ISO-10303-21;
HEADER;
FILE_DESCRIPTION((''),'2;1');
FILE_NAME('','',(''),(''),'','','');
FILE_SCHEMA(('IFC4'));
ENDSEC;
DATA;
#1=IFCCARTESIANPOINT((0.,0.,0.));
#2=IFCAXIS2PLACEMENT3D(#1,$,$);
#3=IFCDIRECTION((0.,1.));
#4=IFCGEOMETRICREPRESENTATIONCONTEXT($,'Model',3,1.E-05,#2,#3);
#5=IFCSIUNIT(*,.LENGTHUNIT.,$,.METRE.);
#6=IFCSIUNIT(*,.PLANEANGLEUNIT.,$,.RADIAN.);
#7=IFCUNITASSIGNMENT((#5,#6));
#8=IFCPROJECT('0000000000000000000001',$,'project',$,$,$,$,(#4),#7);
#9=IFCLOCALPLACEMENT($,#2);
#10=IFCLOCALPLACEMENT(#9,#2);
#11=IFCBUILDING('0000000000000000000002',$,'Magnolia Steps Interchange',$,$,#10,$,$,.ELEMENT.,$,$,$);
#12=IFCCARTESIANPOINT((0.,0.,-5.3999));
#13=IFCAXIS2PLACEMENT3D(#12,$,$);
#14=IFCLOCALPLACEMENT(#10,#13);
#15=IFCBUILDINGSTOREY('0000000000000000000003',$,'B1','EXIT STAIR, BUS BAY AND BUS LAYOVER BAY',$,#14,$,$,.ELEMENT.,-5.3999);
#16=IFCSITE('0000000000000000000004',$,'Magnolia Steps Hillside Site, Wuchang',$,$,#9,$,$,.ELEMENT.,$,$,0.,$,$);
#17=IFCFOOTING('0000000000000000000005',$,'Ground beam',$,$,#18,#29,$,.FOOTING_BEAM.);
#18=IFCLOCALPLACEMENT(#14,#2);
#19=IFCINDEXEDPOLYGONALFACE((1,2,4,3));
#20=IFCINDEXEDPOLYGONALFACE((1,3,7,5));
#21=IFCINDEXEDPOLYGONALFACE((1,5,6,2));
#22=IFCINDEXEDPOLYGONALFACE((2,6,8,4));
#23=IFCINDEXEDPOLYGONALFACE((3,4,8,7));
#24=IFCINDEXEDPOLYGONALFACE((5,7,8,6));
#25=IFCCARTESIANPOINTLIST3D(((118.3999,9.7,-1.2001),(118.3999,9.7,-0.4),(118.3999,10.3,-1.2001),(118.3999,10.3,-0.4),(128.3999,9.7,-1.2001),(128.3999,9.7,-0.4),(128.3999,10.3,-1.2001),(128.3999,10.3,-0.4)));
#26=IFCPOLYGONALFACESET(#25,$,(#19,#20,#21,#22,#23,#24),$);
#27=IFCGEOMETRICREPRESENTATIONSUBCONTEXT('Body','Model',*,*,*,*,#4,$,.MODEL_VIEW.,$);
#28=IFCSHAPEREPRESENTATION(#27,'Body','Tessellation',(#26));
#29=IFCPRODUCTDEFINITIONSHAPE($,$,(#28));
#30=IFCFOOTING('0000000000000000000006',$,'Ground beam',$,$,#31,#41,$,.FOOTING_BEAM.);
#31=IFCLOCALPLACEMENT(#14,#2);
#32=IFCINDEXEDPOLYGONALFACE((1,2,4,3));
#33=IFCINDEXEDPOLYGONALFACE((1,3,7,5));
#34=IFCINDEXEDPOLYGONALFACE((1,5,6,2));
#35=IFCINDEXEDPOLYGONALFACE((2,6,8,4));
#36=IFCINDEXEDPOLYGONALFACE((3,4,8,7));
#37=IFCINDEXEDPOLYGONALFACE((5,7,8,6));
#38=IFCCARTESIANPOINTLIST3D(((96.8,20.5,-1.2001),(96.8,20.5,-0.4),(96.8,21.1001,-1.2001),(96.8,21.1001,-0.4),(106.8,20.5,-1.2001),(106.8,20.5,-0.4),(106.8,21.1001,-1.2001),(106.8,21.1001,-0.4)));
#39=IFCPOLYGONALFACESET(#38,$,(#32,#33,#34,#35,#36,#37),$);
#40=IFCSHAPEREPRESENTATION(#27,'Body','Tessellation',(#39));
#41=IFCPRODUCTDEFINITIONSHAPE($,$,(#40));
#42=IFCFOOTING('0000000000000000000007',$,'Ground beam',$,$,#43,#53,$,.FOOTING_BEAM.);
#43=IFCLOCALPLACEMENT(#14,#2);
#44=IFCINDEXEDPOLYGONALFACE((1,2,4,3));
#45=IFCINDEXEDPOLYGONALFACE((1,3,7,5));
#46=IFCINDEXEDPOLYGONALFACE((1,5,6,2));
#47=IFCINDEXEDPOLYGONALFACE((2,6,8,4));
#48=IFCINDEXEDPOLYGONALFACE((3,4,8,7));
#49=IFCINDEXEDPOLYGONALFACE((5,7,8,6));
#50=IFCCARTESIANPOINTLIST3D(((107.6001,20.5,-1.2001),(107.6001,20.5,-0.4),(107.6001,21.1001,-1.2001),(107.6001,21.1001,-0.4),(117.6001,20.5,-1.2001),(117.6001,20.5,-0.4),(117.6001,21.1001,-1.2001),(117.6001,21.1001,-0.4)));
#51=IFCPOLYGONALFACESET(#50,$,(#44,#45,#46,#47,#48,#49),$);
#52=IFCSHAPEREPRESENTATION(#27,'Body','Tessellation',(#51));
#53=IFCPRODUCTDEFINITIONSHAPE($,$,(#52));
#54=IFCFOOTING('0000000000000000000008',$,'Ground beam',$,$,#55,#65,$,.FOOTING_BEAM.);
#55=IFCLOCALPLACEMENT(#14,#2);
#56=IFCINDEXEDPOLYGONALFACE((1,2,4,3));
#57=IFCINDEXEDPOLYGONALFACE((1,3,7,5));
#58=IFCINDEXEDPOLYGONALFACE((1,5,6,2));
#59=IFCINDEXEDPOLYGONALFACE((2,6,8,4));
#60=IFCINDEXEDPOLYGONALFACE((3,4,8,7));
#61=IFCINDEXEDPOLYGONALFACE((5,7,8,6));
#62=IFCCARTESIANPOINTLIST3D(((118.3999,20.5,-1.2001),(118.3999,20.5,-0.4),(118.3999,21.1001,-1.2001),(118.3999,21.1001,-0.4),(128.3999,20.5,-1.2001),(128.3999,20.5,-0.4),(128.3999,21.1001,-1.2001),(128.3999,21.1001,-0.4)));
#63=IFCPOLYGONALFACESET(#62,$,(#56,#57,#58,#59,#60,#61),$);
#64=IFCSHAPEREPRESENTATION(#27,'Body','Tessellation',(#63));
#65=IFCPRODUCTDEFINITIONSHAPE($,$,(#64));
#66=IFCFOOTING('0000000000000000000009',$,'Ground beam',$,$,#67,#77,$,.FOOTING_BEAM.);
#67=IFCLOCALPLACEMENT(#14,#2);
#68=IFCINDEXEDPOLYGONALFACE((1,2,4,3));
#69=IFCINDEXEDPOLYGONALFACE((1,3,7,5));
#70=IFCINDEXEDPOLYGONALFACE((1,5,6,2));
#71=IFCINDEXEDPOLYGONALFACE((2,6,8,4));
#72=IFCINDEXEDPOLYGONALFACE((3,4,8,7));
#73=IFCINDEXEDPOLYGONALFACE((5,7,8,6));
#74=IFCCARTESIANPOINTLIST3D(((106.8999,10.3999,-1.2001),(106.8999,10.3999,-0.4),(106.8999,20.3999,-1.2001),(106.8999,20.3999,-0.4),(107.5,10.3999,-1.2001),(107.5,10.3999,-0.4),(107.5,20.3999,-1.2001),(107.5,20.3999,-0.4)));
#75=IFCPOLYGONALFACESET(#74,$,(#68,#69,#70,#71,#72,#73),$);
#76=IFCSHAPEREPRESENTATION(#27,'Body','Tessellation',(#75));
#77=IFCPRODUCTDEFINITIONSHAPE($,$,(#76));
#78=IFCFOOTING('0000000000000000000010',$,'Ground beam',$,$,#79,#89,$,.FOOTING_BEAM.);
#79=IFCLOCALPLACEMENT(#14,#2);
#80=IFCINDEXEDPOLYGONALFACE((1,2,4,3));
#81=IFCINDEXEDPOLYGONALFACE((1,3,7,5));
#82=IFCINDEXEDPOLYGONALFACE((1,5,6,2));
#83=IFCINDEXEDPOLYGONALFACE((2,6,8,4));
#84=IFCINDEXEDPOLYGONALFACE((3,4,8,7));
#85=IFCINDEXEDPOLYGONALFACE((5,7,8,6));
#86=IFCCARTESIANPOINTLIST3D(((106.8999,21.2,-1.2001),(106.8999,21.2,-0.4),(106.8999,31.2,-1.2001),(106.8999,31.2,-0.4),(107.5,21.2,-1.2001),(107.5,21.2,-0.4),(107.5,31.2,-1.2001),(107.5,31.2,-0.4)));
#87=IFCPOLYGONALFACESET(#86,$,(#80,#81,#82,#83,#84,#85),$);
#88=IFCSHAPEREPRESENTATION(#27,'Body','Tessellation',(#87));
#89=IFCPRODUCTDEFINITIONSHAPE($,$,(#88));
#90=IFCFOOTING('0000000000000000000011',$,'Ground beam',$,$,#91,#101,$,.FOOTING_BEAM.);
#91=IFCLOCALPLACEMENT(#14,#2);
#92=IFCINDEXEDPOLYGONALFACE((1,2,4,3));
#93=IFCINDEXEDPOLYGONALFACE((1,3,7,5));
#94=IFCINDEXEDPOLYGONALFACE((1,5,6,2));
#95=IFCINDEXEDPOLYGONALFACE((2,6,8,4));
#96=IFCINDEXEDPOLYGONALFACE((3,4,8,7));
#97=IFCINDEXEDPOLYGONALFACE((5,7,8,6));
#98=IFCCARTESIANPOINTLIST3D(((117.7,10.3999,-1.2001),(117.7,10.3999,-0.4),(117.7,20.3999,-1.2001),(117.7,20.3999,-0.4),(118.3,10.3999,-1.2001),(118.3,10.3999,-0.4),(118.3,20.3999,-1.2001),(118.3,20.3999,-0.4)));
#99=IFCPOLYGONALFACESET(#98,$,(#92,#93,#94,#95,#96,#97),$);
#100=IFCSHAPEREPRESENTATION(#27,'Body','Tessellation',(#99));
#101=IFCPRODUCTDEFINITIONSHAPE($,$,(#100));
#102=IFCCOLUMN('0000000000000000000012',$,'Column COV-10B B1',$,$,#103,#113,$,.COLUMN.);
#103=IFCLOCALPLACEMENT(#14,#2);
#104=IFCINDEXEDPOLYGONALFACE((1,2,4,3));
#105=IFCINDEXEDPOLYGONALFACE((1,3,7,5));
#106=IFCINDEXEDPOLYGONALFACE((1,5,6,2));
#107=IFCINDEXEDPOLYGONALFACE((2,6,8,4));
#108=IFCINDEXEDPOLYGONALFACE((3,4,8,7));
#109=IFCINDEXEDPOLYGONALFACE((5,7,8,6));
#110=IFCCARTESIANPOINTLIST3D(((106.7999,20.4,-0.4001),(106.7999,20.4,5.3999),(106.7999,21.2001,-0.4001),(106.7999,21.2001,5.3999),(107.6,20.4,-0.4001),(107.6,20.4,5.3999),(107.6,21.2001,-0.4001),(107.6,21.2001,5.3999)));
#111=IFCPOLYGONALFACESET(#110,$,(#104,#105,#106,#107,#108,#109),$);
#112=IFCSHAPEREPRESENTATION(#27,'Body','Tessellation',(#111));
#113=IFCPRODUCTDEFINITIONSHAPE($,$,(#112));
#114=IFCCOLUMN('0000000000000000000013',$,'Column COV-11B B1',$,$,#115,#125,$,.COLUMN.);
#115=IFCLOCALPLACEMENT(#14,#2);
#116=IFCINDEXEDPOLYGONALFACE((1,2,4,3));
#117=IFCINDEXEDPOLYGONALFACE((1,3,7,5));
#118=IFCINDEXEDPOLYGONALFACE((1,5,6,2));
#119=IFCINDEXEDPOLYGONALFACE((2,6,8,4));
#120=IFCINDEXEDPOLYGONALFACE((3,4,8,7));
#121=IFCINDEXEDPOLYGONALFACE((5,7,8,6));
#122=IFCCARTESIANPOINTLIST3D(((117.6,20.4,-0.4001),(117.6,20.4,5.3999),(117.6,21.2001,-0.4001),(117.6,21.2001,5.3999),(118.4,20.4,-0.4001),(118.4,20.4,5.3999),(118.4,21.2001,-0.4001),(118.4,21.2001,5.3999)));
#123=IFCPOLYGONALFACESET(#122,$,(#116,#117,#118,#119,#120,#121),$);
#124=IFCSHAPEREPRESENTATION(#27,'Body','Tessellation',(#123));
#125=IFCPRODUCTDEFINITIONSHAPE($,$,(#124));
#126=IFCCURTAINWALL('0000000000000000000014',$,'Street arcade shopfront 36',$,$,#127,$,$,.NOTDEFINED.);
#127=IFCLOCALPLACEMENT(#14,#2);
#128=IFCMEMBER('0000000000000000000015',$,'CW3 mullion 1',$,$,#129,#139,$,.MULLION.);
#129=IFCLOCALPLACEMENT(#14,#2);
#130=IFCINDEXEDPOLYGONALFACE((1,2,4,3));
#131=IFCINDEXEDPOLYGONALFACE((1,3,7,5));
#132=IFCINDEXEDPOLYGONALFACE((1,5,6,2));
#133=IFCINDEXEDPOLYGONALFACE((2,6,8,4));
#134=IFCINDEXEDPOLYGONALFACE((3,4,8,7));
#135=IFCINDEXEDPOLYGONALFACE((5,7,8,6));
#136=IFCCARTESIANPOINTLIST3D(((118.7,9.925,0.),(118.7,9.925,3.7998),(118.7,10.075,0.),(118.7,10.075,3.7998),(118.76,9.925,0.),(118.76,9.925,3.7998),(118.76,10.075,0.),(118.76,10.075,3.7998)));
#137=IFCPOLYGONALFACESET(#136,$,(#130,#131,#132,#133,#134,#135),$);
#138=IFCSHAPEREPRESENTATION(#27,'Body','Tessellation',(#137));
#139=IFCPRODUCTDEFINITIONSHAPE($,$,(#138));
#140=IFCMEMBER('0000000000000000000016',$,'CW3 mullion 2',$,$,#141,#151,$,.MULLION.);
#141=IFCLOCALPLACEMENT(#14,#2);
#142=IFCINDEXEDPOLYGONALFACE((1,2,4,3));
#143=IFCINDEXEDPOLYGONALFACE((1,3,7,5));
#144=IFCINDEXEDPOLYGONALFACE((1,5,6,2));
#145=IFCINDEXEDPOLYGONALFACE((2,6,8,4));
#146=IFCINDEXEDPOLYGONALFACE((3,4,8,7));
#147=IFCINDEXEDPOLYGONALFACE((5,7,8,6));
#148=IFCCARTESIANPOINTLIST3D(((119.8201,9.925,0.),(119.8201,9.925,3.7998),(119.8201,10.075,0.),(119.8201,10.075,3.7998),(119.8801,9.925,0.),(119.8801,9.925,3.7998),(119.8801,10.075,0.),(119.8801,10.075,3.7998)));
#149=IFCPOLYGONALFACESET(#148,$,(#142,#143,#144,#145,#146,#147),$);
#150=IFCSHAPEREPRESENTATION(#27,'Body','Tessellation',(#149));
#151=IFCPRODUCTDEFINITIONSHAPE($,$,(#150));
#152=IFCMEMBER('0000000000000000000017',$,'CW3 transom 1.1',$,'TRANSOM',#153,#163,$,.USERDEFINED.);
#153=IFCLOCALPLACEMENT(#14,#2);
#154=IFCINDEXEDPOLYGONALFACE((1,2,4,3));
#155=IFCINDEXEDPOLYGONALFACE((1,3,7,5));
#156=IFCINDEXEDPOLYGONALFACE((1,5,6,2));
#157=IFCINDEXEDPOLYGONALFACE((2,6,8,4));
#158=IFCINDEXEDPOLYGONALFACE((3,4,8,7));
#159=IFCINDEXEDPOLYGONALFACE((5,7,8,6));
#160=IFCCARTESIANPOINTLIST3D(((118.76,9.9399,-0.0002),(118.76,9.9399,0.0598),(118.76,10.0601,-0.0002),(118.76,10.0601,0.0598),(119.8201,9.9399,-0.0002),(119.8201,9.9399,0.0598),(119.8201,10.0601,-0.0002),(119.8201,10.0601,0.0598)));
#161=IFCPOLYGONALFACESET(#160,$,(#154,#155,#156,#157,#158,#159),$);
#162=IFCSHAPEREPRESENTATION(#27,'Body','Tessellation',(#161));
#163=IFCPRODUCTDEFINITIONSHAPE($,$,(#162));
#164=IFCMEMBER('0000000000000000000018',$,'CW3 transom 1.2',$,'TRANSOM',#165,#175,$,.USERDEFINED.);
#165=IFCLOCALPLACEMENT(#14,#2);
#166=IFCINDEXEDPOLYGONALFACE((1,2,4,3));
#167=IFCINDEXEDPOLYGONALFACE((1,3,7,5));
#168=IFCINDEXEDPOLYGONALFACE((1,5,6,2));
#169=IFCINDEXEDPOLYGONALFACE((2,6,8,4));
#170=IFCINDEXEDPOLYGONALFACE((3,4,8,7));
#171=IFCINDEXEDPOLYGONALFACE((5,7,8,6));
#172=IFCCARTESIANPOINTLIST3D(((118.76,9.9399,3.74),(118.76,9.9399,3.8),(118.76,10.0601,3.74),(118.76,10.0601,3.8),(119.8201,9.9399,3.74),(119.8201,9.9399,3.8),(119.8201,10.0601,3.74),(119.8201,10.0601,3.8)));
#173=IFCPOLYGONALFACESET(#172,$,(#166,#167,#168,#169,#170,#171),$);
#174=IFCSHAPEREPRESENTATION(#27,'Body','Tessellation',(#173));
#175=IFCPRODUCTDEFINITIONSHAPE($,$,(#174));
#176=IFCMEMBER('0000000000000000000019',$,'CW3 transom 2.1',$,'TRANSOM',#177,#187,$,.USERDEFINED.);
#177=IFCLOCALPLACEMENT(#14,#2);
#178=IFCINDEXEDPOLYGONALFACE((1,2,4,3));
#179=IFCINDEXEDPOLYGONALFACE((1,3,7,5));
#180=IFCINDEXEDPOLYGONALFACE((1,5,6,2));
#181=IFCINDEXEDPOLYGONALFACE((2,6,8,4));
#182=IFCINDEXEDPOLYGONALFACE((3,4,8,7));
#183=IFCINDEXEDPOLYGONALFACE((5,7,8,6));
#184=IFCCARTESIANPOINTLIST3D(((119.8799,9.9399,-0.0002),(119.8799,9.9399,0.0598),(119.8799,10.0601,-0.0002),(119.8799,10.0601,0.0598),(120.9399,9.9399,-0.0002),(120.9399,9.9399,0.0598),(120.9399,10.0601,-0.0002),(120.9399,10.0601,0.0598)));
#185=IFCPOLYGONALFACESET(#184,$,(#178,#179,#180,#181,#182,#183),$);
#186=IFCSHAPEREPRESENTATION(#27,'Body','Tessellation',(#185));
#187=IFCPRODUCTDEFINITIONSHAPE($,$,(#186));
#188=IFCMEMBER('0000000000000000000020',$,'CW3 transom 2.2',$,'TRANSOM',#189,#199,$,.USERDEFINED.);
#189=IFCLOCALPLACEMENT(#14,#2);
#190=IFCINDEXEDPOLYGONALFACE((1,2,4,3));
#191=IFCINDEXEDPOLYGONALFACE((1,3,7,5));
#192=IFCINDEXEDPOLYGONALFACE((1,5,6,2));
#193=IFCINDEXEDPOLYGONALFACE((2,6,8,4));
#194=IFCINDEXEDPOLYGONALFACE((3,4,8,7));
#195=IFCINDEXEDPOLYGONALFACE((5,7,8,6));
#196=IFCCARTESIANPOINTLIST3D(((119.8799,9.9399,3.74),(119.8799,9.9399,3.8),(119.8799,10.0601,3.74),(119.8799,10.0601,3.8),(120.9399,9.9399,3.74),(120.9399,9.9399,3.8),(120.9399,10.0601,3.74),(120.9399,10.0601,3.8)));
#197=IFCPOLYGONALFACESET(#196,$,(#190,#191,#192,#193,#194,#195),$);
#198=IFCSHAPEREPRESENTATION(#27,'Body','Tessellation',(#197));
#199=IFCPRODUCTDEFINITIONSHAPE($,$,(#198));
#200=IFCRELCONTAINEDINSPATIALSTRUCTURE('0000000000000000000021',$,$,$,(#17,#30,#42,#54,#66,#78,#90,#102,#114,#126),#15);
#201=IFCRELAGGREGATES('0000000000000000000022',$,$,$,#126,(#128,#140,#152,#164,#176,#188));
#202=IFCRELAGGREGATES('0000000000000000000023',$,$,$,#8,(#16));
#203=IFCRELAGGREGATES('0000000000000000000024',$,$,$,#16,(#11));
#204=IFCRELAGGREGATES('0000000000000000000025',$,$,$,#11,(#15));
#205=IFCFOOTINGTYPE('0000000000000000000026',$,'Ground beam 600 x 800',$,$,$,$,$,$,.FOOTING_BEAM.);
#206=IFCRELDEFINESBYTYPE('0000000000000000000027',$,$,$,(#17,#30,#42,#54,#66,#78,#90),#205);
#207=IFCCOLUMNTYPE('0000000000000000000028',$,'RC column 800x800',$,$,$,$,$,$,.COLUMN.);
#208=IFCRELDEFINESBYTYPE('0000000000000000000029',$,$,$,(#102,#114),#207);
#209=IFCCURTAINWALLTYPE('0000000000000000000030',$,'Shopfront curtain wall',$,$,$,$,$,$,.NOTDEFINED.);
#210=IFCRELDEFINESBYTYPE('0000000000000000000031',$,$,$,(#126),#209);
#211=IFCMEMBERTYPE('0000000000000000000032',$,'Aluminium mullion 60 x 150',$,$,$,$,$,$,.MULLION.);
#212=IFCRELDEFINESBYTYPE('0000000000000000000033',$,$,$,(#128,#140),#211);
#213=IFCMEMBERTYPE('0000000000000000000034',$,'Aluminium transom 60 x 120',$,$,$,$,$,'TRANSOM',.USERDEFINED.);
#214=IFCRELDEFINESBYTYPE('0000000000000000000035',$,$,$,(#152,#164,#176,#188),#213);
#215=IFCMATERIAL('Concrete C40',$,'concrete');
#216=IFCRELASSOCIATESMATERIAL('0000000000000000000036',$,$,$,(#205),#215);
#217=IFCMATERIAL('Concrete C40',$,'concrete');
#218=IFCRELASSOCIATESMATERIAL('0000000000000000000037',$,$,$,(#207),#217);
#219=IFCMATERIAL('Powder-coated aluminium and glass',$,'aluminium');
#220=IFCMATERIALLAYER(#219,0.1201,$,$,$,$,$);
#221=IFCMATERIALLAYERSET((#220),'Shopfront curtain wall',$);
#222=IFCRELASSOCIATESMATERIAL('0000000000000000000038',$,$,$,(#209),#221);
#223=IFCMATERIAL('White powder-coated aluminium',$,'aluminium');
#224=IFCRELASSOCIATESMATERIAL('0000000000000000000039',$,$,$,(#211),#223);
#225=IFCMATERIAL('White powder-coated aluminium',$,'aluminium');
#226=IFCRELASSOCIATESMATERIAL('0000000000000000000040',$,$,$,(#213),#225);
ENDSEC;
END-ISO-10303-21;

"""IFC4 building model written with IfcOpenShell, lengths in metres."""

from ifc_helpers import new_model, si_unit, direction, frame, origin, origin_2d, place, context, subcontext, project, spatial, rectangle, extrude, material, layer, layer_set, material_profile, profile_set, type_object, element, aggregate, save


model = new_model("IFC4")

# Units and contexts
model_context = context("Model", 3, precision=1e-05, world=origin(), true_north=direction((0.0, 1.0)))
body_context = subcontext(model_context, "Body", "Model", "MODEL_VIEW")
ifc_project = project(units=[si_unit("LENGTHUNIT", "METRE"), si_unit("PLANEANGLEUNIT", "RADIAN")], contexts=[model_context])

# Site, building, storey
site_placement = place(None, origin())
site = spatial("IfcSite", under=ifc_project, at=site_placement, Name="Magnolia Steps Hillside Site, Wuchang", CompositionType="ELEMENT", RefElevation=0.0)
building_placement = place(site_placement, origin())
building = spatial("IfcBuilding", under=site, at=building_placement, Name="Magnolia Steps Interchange", CompositionType="ELEMENT")
storey_placement = place(building_placement, frame((0.0, 0.0, -5.3999)))
storey = spatial("IfcBuildingStorey", under=building, at=storey_placement, Name="B1", Description="EXIT STAIR, BUS BAY AND BUS LAYOVER BAY", CompositionType="ELEMENT", Elevation=-5.3999)

# Footings
ifc_material_1 = material(Name="Concrete C40", Category="concrete")
ifc_material_profile_1 = material_profile(ifc_material_1, rectangle(XDim=0.6001, YDim=0.8, at=origin_2d()), Name="RC600x800")
ifc_profile_set_1 = profile_set([ifc_material_profile_1], Name="Concrete C40")
footing_type = type_object("IfcFootingType", Name="Ground beam 600 x 800", PredefinedType="FOOTING_BEAM", material=ifc_profile_set_1)
for number, where, z_axis, x_axis, name in (
    (1, (118.3999, 10.0, -0.8), (1.0, 0.0, 0.0), (0.0, 1.0, 0.0), "Ground beam"),
    (2, (96.8, 20.8, -0.8), (1.0, 0.0, 0.0), (0.0, 1.0, 0.0), "Ground beam"),
    (3, (107.6001, 20.8, -0.8), (1.0, 0.0, 0.0), (0.0, 1.0, 0.0), "Ground beam"),
    (4, (118.3999, 20.8, -0.8), (1.0, 0.0, 0.0), (0.0, 1.0, 0.0), "Ground beam"),
    (5, (107.2, 10.3999, -0.8), (0.0, 1.0, 0.0), (-1.0, 0.0, 0.0), "Ground beam"),
    (6, (107.2, 21.2, -0.8), (0.0, 1.0, 0.0), (-1.0, 0.0, 0.0), "Ground beam"),
    (7, (118.0, 10.3999, -0.8), (0.0, 1.0, 0.0), (-1.0, 0.0, 0.0), "Ground beam"),
):
    element("IfcFooting", number, at=place(storey_placement, frame(where, z_axis=z_axis, x_axis=x_axis)), inside=storey, type_object=footing_type, Name=name, PredefinedType="FOOTING_BEAM", context=body_context, shape_type="SweptSolid", body=[
        extrude(rectangle(XDim=0.6001, YDim=0.8, at=origin_2d()), origin(), (0.0, 0.0, 1.0), 10.0),
    ])

# Columns
ifc_material_2 = material(Name="Concrete C40", Category="concrete")
ifc_material_profile_2 = material_profile(ifc_material_2, rectangle(XDim=0.8, YDim=0.8, at=origin_2d()), Name="RC800x800")
ifc_profile_set_2 = profile_set([ifc_material_profile_2], Name="Concrete C40")
column_type = type_object("IfcColumnType", Name="RC column 800x800", PredefinedType="COLUMN", material=ifc_profile_set_2)
for number, where, z_axis, x_axis, name in (
    (8, (107.2, 20.8, -0.4001), (0.0, 0.0, 1.0), (1.0, 0.0, 0.0), "Column COV-10B B1"),
    (9, (118.0, 20.8, -0.4001), (0.0, 0.0, 1.0), (1.0, 0.0, 0.0), "Column COV-11B B1"),
):
    element("IfcColumn", number, at=place(storey_placement, frame(where, z_axis=z_axis, x_axis=x_axis)), inside=storey, type_object=column_type, Name=name, PredefinedType="COLUMN", context=body_context, shape_type="SweptSolid", body=[
        extrude(rectangle(XDim=0.8, YDim=0.8, at=origin_2d()), origin(), (0.0, 0.0, 1.0), 5.8),
    ])

# Curtain wall, members
ifc_material_3 = material(Name="Powder-coated aluminium and glass", Category="aluminium")
ifc_layer_1 = layer(ifc_material_3, 0.1201)
ifc_layer_set_1 = layer_set([ifc_layer_1], Name="Shopfront curtain wall")
curtain_wall_type = type_object("IfcCurtainWallType", Name="Shopfront curtain wall", PredefinedType="NOTDEFINED", material=ifc_layer_set_1)
curtain_wall_placement = place(storey_placement, origin())
curtain_wall = element("IfcCurtainWall", 10, at=curtain_wall_placement, inside=storey, type_object=curtain_wall_type, Name="Street arcade shopfront 36", PredefinedType="NOTDEFINED")
ifc_material_4 = material(Name="White powder-coated aluminium", Category="aluminium")
ifc_material_profile_3 = material_profile(ifc_material_4, rectangle(XDim=0.0601, YDim=0.1499, at=origin_2d()), Name="Aluminium mullion 60 x 150")
ifc_profile_set_3 = profile_set([ifc_material_profile_3], Name="White powder-coated aluminium")
member_type_1 = type_object("IfcMemberType", Name="Aluminium mullion 60 x 150", PredefinedType="MULLION", material=ifc_profile_set_3)
member_1_placement = place(storey_placement, frame((118.73, 10.0, 0.0), z_axis=(0.0, 0.0, 1.0), x_axis=(1.0, 0.0, 0.0)))
member_1 = element("IfcMember", 11, at=member_1_placement, type_object=member_type_1, Name="CW3 mullion 1", PredefinedType="MULLION", context=body_context, shape_type="SweptSolid", body=[
    extrude(rectangle(XDim=0.0601, YDim=0.1499, at=origin_2d()), origin(), (0.0, 0.0, 1.0), 3.7998),
])
member_2_placement = place(storey_placement, frame((119.8501, 10.0, 0.0), z_axis=(0.0, 0.0, 1.0), x_axis=(1.0, 0.0, 0.0)))
member_2 = element("IfcMember", 12, at=member_2_placement, type_object=member_type_1, Name="CW3 mullion 2", PredefinedType="MULLION", context=body_context, shape_type="SweptSolid", body=[
    extrude(rectangle(XDim=0.0601, YDim=0.1499, at=origin_2d()), origin(), (0.0, 0.0, 1.0), 3.7998),
])
ifc_material_5 = material(Name="White powder-coated aluminium", Category="aluminium")
ifc_material_profile_4 = material_profile(ifc_material_5, rectangle(XDim=0.0601, YDim=0.1201, at=origin_2d()), Name="Aluminium transom 60 x 120")
ifc_profile_set_4 = profile_set([ifc_material_profile_4], Name="White powder-coated aluminium")
member_type_2 = type_object("IfcMemberType", Name="Aluminium transom 60 x 120", ElementType="TRANSOM", PredefinedType="USERDEFINED", material=ifc_profile_set_4)
member_3_placement = place(storey_placement, frame((118.76, 10.0, 0.0298), z_axis=(1.0, 0.0, 0.0), x_axis=(0.0, 0.0, 1.0)))
member_3 = element("IfcMember", 13, at=member_3_placement, type_object=member_type_2, Name="CW3 transom 1.1", ObjectType="TRANSOM", PredefinedType="USERDEFINED", context=body_context, shape_type="SweptSolid", body=[
    extrude(rectangle(XDim=0.0601, YDim=0.1201, at=origin_2d()), origin(), (0.0, 0.0, 1.0), 1.0601),
])
member_4_placement = place(storey_placement, frame((118.76, 10.0, 3.77), z_axis=(1.0, 0.0, 0.0), x_axis=(0.0, 0.0, 1.0)))
member_4 = element("IfcMember", 14, at=member_4_placement, type_object=member_type_2, Name="CW3 transom 1.2", ObjectType="TRANSOM", PredefinedType="USERDEFINED", context=body_context, shape_type="SweptSolid", body=[
    extrude(rectangle(XDim=0.0601, YDim=0.1201, at=origin_2d()), origin(), (0.0, 0.0, 1.0), 1.0601),
])
member_5_placement = place(storey_placement, frame((119.8799, 10.0, 0.0298), z_axis=(1.0, 0.0, 0.0), x_axis=(0.0, 0.0, 1.0)))
member_5 = element("IfcMember", 15, at=member_5_placement, type_object=member_type_2, Name="CW3 transom 2.1", ObjectType="TRANSOM", PredefinedType="USERDEFINED", context=body_context, shape_type="SweptSolid", body=[
    extrude(rectangle(XDim=0.0601, YDim=0.1201, at=origin_2d()), origin(), (0.0, 0.0, 1.0), 1.0601),
])
member_6_placement = place(storey_placement, frame((119.8799, 10.0, 3.77), z_axis=(1.0, 0.0, 0.0), x_axis=(0.0, 0.0, 1.0)))
member_6 = element("IfcMember", 16, at=member_6_placement, type_object=member_type_2, Name="CW3 transom 2.2", ObjectType="TRANSOM", PredefinedType="USERDEFINED", context=body_context, shape_type="SweptSolid", body=[
    extrude(rectangle(XDim=0.0601, YDim=0.1201, at=origin_2d()), origin(), (0.0, 0.0, 1.0), 1.0601),
])

aggregate(curtain_wall, [member_1, member_2, member_3, member_4, member_5, member_6])

save(model, "model.ifc")
